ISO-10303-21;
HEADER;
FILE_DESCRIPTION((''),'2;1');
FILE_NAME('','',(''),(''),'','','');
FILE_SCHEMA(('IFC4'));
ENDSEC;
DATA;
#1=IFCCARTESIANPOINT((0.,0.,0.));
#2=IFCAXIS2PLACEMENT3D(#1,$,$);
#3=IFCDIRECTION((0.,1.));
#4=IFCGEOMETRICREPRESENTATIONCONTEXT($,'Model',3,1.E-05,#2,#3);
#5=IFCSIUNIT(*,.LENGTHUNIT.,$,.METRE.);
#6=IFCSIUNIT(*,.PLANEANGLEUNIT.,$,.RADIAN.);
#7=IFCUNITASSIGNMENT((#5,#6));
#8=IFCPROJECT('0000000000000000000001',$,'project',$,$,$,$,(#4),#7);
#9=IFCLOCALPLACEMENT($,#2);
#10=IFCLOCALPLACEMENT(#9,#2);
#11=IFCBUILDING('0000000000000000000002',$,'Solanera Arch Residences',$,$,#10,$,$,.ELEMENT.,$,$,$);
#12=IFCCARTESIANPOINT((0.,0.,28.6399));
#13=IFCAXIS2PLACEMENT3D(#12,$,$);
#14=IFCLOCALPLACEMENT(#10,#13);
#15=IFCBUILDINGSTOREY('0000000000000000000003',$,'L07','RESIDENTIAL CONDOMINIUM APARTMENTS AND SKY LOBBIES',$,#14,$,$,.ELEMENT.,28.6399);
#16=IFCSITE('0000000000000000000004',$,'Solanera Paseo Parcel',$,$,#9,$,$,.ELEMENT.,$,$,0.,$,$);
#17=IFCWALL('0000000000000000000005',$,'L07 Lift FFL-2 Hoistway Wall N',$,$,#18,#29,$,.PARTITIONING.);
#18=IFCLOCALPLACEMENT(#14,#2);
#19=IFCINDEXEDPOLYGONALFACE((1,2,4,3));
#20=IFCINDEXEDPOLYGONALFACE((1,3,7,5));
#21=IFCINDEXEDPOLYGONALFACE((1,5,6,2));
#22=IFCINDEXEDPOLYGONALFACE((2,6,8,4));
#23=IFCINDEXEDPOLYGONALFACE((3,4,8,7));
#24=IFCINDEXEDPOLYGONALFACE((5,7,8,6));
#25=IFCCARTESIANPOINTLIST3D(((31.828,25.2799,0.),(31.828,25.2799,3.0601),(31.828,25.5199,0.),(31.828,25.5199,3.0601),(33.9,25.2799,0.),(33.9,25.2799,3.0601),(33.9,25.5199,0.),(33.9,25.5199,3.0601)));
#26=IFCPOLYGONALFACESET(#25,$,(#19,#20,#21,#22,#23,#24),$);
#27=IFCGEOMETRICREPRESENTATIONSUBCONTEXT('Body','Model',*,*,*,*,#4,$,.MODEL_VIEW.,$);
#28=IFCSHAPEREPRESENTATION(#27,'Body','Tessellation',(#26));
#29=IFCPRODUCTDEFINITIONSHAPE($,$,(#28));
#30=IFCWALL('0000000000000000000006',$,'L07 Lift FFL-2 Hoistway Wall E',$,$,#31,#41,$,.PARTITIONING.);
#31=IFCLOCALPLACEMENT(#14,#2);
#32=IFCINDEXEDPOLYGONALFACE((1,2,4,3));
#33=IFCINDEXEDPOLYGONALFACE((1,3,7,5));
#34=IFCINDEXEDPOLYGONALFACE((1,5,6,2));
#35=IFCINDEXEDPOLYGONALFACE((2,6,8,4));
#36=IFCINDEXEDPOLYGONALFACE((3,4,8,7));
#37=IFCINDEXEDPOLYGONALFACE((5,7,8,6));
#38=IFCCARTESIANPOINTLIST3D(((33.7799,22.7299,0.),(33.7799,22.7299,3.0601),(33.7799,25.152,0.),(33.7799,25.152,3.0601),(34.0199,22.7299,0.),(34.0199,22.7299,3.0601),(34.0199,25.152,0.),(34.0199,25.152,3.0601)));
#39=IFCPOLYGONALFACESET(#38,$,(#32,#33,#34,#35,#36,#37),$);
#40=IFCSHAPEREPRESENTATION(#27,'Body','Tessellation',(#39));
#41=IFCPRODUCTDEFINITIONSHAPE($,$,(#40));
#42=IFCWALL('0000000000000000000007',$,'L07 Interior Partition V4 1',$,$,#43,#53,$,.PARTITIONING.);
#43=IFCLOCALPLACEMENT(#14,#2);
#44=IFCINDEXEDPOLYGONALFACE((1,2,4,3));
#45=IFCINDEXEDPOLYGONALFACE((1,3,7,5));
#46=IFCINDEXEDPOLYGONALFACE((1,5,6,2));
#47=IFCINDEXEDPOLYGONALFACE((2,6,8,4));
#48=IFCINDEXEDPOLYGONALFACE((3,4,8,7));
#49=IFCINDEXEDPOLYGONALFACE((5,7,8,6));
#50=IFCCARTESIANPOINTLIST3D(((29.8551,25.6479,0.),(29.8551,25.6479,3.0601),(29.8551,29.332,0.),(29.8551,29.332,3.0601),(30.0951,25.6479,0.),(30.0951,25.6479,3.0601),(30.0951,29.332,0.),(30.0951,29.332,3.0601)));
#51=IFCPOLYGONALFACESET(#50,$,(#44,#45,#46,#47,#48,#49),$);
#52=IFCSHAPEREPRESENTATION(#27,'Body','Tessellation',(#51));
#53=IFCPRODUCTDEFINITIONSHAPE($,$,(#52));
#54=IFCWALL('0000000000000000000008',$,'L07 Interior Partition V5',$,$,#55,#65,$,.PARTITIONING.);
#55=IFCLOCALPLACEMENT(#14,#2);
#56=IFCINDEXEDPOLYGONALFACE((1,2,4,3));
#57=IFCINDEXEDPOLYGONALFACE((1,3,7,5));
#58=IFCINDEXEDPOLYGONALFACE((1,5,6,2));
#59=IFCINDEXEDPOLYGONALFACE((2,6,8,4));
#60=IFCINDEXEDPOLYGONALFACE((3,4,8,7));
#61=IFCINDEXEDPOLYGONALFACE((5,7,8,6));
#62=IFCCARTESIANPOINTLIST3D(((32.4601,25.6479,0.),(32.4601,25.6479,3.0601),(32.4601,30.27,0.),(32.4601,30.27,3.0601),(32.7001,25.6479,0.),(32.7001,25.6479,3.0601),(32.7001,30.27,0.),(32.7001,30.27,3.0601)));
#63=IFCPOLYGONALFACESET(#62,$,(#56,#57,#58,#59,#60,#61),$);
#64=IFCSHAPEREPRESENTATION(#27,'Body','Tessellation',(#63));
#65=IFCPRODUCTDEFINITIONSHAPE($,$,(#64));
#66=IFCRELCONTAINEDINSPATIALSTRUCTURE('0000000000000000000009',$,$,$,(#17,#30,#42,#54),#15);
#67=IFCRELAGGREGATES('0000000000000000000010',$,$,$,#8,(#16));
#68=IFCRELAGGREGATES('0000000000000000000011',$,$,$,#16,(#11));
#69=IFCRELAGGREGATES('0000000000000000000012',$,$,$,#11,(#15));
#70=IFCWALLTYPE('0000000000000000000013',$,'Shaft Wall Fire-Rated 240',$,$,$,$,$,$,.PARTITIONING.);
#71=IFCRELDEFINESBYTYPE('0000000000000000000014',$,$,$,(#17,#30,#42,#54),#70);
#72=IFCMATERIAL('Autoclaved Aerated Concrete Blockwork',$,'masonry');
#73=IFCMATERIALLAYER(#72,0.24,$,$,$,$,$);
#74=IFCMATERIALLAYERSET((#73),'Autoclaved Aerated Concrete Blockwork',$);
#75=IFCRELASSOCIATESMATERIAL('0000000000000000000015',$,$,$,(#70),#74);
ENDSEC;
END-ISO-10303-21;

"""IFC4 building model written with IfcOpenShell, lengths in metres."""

from ifc_helpers import new_model, si_unit, direction, frame, frame_2d, origin, place, context, subcontext, project, spatial, rectangle, extrude, material, layer, layer_set, type_object, element, save


model = new_model("IFC4")

# Units and contexts
model_context = context("Model", 3, precision=1e-05, world=origin(), true_north=direction((0.0, 1.0)))
body_context = subcontext(model_context, "Body", "Model", "MODEL_VIEW")
ifc_project = project(units=[si_unit("LENGTHUNIT", "METRE"), si_unit("PLANEANGLEUNIT", "RADIAN")], contexts=[model_context])

# Site, building, storey
site_placement = place(None, origin())
site = spatial("IfcSite", under=ifc_project, at=site_placement, Name="Solanera Paseo Parcel", CompositionType="ELEMENT", RefElevation=0.0)
building_placement = place(site_placement, origin())
building = spatial("IfcBuilding", under=site, at=building_placement, Name="Solanera Arch Residences", CompositionType="ELEMENT")
storey_placement = place(building_placement, frame((0.0, 0.0, 28.6399)))
storey = spatial("IfcBuildingStorey", under=building, at=storey_placement, Name="L07", Description="RESIDENTIAL CONDOMINIUM APARTMENTS AND SKY LOBBIES", CompositionType="ELEMENT", Elevation=28.6399)

# Walls
ifc_material_1 = material(Name="Autoclaved Aerated Concrete Blockwork", Category="masonry")
ifc_layer_1 = layer(ifc_material_1, 0.24)
ifc_layer_set_1 = layer_set([ifc_layer_1], Name="Autoclaved Aerated Concrete Blockwork")
wall_type_1 = type_object("IfcWallType", Name="Shaft Wall Fire-Rated 240", PredefinedType="PARTITIONING", material=ifc_layer_set_1)
wall_1_placement = place(storey_placement, frame((31.8279, 25.3999, 0.0), z_axis=(0.0, 0.0, 1.0), x_axis=(1.0, 0.0, 0.0)))
element("IfcWall", 1, at=wall_1_placement, inside=storey, type_object=wall_type_1, Name="L07 Lift FFL-2 Hoistway Wall N", PredefinedType="PARTITIONING", context=body_context, shape_type="SweptSolid", body=[
    extrude(rectangle(XDim=2.072, YDim=0.24, at=frame_2d((1.0361, 0.0))), origin(), (0.0, 0.0, 1.0), 3.0601),
])
wall_2_placement = place(storey_placement, frame((33.8999, 22.73, 0.0), z_axis=(0.0, 0.0, 1.0), x_axis=(0.0, 1.0, 0.0)))
element("IfcWall", 2, at=wall_2_placement, inside=storey, type_object=wall_type_1, Name="L07 Lift FFL-2 Hoistway Wall E", PredefinedType="PARTITIONING", context=body_context, shape_type="SweptSolid", body=[
    extrude(rectangle(XDim=2.4221, YDim=0.24, at=frame_2d((1.2109, 0.0))), origin(), (0.0, 0.0, 1.0), 3.0601),
])
wall_3_placement = place(storey_placement, frame((29.9751, 25.6479, 0.0), z_axis=(0.0, 0.0, 1.0), x_axis=(0.0, 1.0, 0.0)))
element("IfcWall", 3, at=wall_3_placement, inside=storey, type_object=wall_type_1, Name="L07 Interior Partition V4 1", PredefinedType="PARTITIONING", context=body_context, shape_type="SweptSolid", body=[
    extrude(rectangle(XDim=3.6841, YDim=0.24, at=frame_2d((1.842, 0.0))), origin(), (0.0, 0.0, 1.0), 3.0601),
])

# Wall
wall_4_placement = place(storey_placement, frame((32.5801, 25.6479, 0.0), z_axis=(0.0, 0.0, 1.0), x_axis=(0.0, 1.0, 0.0)))
element("IfcWall", 4, at=wall_4_placement, inside=storey, type_object=wall_type_1, Name="L07 Interior Partition V5", PredefinedType="PARTITIONING", context=body_context, shape_type="SweptSolid", body=[
    extrude(rectangle(XDim=4.6221, YDim=0.24, at=frame_2d((2.311, 0.0))), origin(), (0.0, 0.0, 1.0), 3.0601),
])

save(model, "model.ifc")
